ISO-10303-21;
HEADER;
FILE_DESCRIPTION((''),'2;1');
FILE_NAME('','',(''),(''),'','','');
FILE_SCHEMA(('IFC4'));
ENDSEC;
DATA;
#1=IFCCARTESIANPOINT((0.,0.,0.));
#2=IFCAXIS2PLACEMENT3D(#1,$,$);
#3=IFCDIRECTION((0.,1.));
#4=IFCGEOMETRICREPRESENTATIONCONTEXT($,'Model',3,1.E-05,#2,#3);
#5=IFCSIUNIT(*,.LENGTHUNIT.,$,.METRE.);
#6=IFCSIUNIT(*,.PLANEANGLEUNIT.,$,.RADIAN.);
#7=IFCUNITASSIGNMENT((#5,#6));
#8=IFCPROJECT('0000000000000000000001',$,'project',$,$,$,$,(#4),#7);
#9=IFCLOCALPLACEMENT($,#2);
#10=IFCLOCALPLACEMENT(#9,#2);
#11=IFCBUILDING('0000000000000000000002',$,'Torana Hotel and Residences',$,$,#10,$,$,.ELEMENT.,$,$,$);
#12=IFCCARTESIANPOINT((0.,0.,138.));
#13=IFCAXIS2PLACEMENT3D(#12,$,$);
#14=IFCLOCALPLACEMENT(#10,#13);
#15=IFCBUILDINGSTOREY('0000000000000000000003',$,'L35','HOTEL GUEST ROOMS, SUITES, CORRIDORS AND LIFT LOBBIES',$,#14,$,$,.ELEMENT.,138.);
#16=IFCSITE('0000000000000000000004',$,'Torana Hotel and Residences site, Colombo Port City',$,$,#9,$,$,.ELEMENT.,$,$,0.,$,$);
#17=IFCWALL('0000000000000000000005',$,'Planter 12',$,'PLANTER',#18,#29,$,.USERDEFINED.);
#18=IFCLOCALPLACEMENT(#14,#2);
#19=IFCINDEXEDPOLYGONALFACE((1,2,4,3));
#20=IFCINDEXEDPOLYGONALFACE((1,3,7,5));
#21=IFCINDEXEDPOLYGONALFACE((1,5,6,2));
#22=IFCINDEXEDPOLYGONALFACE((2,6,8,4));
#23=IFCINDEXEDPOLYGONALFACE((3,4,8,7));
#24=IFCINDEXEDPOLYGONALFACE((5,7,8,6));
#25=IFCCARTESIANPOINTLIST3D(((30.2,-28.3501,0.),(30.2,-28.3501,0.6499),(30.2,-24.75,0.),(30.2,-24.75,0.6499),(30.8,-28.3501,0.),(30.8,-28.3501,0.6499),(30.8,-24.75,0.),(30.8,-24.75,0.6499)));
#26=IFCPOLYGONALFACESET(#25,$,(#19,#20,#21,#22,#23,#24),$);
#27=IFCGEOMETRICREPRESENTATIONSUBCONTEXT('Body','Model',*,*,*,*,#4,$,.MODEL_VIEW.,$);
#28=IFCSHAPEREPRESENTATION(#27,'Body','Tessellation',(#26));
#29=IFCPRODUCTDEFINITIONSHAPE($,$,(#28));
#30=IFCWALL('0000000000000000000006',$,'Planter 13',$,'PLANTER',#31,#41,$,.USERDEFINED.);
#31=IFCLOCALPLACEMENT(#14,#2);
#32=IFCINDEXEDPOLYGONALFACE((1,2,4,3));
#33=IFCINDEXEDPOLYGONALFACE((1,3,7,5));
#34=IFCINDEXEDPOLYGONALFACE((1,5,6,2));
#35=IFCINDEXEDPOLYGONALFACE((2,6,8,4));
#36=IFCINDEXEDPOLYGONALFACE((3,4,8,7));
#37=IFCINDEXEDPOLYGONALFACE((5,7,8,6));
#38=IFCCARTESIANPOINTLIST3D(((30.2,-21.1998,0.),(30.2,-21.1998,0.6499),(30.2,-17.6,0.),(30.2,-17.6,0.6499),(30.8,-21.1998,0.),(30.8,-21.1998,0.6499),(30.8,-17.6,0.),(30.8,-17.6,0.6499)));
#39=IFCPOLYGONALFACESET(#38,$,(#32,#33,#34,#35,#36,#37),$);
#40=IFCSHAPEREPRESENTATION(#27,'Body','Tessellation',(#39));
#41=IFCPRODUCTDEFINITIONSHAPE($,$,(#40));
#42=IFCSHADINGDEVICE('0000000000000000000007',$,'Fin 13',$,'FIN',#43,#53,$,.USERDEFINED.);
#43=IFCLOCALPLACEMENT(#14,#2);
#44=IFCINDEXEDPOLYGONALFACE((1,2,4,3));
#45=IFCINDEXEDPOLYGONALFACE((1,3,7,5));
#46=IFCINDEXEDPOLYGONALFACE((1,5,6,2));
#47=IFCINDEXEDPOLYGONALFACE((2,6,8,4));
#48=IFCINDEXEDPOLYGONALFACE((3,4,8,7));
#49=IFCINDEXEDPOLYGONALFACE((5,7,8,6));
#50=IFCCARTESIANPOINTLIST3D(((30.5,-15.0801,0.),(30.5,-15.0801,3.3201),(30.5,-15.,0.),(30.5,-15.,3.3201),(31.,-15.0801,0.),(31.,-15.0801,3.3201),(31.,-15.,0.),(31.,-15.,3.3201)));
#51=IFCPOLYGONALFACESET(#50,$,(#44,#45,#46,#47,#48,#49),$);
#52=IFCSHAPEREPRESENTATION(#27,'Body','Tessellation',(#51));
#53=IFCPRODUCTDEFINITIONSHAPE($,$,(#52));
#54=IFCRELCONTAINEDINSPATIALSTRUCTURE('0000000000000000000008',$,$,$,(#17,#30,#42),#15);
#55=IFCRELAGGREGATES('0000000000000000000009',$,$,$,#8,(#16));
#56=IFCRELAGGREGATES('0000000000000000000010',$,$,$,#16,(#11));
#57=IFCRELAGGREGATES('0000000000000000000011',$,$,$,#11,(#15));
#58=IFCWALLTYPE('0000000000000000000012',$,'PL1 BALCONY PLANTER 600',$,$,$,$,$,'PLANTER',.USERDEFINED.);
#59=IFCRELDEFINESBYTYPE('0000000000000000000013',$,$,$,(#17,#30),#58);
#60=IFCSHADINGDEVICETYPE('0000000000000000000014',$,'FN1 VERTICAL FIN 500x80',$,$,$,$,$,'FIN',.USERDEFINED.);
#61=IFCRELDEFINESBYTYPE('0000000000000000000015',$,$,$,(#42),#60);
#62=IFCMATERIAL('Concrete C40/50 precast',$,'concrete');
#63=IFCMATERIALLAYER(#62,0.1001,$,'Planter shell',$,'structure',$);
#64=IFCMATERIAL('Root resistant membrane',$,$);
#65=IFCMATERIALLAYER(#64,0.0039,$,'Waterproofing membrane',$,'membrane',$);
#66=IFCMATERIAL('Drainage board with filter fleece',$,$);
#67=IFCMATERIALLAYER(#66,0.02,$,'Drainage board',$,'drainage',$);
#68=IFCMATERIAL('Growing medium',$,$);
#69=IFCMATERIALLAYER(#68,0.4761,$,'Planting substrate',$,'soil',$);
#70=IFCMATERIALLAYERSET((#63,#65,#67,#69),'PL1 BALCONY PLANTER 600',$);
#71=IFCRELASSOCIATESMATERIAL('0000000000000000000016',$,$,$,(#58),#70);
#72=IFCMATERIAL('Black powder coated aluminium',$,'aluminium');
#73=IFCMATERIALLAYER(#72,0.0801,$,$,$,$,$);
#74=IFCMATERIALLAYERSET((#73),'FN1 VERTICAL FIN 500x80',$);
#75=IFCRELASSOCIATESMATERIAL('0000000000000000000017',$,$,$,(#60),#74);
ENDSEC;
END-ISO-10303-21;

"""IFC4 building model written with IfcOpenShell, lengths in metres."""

from ifc_helpers import new_model, si_unit, direction, frame, frame_2d, origin, origin_2d, place, context, subcontext, project, spatial, rectangle, extrude, material, layer, layer_set, type_object, element, save


model = new_model("IFC4")

# Units and contexts
model_context = context("Model", 3, precision=1e-05, world=origin(), true_north=direction((0.0, 1.0)))
body_context = subcontext(model_context, "Body", "Model", "MODEL_VIEW")
ifc_project = project(units=[si_unit("LENGTHUNIT", "METRE"), si_unit("PLANEANGLEUNIT", "RADIAN")], contexts=[model_context])

# Site, building, storey
site_placement = place(None, origin())
site = spatial("IfcSite", under=ifc_project, at=site_placement, Name="Torana Hotel and Residences site, Colombo Port City", CompositionType="ELEMENT", RefElevation=0.0)
building_placement = place(site_placement, origin())
building = spatial("IfcBuilding", under=site, at=building_placement, Name="Torana Hotel and Residences", CompositionType="ELEMENT")
storey_placement = place(building_placement, frame((0.0, 0.0, 138.0)))
storey = spatial("IfcBuildingStorey", under=building, at=storey_placement, Name="L35", Description="HOTEL GUEST ROOMS, SUITES, CORRIDORS AND LIFT LOBBIES", CompositionType="ELEMENT", Elevation=138.0)

# Walls
ifc_material_1 = material(Name="Concrete C40/50 precast", Category="concrete")
ifc_layer_1 = layer(ifc_material_1, 0.1001, Name="Planter shell", Category="structure")
ifc_material_2 = material(Name="Root resistant membrane")
ifc_layer_2 = layer(ifc_material_2, 0.0039, Name="Waterproofing membrane", Category="membrane")
ifc_material_3 = material(Name="Drainage board with filter fleece")
ifc_layer_3 = layer(ifc_material_3, 0.02, Name="Drainage board", Category="drainage")
ifc_material_4 = material(Name="Growing medium")
ifc_layer_4 = layer(ifc_material_4, 0.4761, Name="Planting substrate", Category="soil")
ifc_layer_set_1 = layer_set([ifc_layer_1, ifc_layer_2, ifc_layer_3, ifc_layer_4], Name="PL1 BALCONY PLANTER 600")
wall_type_1 = type_object("IfcWallType", Name="PL1 BALCONY PLANTER 600", ElementType="PLANTER", PredefinedType="USERDEFINED", material=ifc_layer_set_1)
wall_1_placement = place(storey_placement, frame((30.5, -24.75, 0.0), z_axis=(0.0, 0.0, 1.0), x_axis=(0.0, -1.0, 0.0)))
element("IfcWall", 1, at=wall_1_placement, inside=storey, type_object=wall_type_1, Name="Planter 12", ObjectType="PLANTER", PredefinedType="USERDEFINED", context=body_context, shape_type="SweptSolid", body=[
    extrude(rectangle(XDim=3.6001, YDim=0.6001, at=frame_2d((1.8, 0.0))), origin(), (0.0, 0.0, 1.0), 0.6499),
])
wall_2_placement = place(storey_placement, frame((30.5, -17.6001, 0.0), z_axis=(0.0, 0.0, 1.0), x_axis=(0.0, -1.0, 0.0)))
element("IfcWall", 2, at=wall_2_placement, inside=storey, type_object=wall_type_1, Name="Planter 13", ObjectType="PLANTER", PredefinedType="USERDEFINED", context=body_context, shape_type="SweptSolid", body=[
    extrude(rectangle(XDim=3.5999, YDim=0.6001, at=frame_2d((1.7998, 0.0))), origin(), (0.0, 0.0, 1.0), 0.6499),
])

# Shading device
ifc_material_5 = material(Name="Black powder coated aluminium", Category="aluminium")
ifc_layer_5 = layer(ifc_material_5, 0.0801)
ifc_layer_set_2 = layer_set([ifc_layer_5], Name="FN1 VERTICAL FIN 500x80")
shading_device_type = type_object("IfcShadingDeviceType", Name="FN1 VERTICAL FIN 500x80", ElementType="FIN", PredefinedType="USERDEFINED", material=ifc_layer_set_2)
shading_device_placement = place(storey_placement, frame((30.75, -15.04, 0.0), z_axis=(0.0, 0.0, 1.0), x_axis=(0.0, -1.0, 0.0)))
element("IfcShadingDevice", 3, at=shading_device_placement, inside=storey, type_object=shading_device_type, Name="Fin 13", ObjectType="FIN", PredefinedType="USERDEFINED", context=body_context, shape_type="SweptSolid", body=[
    extrude(rectangle(XDim=0.0801, YDim=0.5, at=origin_2d()), origin(), (0.0, 0.0, 1.0), 3.3201),
])

save(model, "model.ifc")
